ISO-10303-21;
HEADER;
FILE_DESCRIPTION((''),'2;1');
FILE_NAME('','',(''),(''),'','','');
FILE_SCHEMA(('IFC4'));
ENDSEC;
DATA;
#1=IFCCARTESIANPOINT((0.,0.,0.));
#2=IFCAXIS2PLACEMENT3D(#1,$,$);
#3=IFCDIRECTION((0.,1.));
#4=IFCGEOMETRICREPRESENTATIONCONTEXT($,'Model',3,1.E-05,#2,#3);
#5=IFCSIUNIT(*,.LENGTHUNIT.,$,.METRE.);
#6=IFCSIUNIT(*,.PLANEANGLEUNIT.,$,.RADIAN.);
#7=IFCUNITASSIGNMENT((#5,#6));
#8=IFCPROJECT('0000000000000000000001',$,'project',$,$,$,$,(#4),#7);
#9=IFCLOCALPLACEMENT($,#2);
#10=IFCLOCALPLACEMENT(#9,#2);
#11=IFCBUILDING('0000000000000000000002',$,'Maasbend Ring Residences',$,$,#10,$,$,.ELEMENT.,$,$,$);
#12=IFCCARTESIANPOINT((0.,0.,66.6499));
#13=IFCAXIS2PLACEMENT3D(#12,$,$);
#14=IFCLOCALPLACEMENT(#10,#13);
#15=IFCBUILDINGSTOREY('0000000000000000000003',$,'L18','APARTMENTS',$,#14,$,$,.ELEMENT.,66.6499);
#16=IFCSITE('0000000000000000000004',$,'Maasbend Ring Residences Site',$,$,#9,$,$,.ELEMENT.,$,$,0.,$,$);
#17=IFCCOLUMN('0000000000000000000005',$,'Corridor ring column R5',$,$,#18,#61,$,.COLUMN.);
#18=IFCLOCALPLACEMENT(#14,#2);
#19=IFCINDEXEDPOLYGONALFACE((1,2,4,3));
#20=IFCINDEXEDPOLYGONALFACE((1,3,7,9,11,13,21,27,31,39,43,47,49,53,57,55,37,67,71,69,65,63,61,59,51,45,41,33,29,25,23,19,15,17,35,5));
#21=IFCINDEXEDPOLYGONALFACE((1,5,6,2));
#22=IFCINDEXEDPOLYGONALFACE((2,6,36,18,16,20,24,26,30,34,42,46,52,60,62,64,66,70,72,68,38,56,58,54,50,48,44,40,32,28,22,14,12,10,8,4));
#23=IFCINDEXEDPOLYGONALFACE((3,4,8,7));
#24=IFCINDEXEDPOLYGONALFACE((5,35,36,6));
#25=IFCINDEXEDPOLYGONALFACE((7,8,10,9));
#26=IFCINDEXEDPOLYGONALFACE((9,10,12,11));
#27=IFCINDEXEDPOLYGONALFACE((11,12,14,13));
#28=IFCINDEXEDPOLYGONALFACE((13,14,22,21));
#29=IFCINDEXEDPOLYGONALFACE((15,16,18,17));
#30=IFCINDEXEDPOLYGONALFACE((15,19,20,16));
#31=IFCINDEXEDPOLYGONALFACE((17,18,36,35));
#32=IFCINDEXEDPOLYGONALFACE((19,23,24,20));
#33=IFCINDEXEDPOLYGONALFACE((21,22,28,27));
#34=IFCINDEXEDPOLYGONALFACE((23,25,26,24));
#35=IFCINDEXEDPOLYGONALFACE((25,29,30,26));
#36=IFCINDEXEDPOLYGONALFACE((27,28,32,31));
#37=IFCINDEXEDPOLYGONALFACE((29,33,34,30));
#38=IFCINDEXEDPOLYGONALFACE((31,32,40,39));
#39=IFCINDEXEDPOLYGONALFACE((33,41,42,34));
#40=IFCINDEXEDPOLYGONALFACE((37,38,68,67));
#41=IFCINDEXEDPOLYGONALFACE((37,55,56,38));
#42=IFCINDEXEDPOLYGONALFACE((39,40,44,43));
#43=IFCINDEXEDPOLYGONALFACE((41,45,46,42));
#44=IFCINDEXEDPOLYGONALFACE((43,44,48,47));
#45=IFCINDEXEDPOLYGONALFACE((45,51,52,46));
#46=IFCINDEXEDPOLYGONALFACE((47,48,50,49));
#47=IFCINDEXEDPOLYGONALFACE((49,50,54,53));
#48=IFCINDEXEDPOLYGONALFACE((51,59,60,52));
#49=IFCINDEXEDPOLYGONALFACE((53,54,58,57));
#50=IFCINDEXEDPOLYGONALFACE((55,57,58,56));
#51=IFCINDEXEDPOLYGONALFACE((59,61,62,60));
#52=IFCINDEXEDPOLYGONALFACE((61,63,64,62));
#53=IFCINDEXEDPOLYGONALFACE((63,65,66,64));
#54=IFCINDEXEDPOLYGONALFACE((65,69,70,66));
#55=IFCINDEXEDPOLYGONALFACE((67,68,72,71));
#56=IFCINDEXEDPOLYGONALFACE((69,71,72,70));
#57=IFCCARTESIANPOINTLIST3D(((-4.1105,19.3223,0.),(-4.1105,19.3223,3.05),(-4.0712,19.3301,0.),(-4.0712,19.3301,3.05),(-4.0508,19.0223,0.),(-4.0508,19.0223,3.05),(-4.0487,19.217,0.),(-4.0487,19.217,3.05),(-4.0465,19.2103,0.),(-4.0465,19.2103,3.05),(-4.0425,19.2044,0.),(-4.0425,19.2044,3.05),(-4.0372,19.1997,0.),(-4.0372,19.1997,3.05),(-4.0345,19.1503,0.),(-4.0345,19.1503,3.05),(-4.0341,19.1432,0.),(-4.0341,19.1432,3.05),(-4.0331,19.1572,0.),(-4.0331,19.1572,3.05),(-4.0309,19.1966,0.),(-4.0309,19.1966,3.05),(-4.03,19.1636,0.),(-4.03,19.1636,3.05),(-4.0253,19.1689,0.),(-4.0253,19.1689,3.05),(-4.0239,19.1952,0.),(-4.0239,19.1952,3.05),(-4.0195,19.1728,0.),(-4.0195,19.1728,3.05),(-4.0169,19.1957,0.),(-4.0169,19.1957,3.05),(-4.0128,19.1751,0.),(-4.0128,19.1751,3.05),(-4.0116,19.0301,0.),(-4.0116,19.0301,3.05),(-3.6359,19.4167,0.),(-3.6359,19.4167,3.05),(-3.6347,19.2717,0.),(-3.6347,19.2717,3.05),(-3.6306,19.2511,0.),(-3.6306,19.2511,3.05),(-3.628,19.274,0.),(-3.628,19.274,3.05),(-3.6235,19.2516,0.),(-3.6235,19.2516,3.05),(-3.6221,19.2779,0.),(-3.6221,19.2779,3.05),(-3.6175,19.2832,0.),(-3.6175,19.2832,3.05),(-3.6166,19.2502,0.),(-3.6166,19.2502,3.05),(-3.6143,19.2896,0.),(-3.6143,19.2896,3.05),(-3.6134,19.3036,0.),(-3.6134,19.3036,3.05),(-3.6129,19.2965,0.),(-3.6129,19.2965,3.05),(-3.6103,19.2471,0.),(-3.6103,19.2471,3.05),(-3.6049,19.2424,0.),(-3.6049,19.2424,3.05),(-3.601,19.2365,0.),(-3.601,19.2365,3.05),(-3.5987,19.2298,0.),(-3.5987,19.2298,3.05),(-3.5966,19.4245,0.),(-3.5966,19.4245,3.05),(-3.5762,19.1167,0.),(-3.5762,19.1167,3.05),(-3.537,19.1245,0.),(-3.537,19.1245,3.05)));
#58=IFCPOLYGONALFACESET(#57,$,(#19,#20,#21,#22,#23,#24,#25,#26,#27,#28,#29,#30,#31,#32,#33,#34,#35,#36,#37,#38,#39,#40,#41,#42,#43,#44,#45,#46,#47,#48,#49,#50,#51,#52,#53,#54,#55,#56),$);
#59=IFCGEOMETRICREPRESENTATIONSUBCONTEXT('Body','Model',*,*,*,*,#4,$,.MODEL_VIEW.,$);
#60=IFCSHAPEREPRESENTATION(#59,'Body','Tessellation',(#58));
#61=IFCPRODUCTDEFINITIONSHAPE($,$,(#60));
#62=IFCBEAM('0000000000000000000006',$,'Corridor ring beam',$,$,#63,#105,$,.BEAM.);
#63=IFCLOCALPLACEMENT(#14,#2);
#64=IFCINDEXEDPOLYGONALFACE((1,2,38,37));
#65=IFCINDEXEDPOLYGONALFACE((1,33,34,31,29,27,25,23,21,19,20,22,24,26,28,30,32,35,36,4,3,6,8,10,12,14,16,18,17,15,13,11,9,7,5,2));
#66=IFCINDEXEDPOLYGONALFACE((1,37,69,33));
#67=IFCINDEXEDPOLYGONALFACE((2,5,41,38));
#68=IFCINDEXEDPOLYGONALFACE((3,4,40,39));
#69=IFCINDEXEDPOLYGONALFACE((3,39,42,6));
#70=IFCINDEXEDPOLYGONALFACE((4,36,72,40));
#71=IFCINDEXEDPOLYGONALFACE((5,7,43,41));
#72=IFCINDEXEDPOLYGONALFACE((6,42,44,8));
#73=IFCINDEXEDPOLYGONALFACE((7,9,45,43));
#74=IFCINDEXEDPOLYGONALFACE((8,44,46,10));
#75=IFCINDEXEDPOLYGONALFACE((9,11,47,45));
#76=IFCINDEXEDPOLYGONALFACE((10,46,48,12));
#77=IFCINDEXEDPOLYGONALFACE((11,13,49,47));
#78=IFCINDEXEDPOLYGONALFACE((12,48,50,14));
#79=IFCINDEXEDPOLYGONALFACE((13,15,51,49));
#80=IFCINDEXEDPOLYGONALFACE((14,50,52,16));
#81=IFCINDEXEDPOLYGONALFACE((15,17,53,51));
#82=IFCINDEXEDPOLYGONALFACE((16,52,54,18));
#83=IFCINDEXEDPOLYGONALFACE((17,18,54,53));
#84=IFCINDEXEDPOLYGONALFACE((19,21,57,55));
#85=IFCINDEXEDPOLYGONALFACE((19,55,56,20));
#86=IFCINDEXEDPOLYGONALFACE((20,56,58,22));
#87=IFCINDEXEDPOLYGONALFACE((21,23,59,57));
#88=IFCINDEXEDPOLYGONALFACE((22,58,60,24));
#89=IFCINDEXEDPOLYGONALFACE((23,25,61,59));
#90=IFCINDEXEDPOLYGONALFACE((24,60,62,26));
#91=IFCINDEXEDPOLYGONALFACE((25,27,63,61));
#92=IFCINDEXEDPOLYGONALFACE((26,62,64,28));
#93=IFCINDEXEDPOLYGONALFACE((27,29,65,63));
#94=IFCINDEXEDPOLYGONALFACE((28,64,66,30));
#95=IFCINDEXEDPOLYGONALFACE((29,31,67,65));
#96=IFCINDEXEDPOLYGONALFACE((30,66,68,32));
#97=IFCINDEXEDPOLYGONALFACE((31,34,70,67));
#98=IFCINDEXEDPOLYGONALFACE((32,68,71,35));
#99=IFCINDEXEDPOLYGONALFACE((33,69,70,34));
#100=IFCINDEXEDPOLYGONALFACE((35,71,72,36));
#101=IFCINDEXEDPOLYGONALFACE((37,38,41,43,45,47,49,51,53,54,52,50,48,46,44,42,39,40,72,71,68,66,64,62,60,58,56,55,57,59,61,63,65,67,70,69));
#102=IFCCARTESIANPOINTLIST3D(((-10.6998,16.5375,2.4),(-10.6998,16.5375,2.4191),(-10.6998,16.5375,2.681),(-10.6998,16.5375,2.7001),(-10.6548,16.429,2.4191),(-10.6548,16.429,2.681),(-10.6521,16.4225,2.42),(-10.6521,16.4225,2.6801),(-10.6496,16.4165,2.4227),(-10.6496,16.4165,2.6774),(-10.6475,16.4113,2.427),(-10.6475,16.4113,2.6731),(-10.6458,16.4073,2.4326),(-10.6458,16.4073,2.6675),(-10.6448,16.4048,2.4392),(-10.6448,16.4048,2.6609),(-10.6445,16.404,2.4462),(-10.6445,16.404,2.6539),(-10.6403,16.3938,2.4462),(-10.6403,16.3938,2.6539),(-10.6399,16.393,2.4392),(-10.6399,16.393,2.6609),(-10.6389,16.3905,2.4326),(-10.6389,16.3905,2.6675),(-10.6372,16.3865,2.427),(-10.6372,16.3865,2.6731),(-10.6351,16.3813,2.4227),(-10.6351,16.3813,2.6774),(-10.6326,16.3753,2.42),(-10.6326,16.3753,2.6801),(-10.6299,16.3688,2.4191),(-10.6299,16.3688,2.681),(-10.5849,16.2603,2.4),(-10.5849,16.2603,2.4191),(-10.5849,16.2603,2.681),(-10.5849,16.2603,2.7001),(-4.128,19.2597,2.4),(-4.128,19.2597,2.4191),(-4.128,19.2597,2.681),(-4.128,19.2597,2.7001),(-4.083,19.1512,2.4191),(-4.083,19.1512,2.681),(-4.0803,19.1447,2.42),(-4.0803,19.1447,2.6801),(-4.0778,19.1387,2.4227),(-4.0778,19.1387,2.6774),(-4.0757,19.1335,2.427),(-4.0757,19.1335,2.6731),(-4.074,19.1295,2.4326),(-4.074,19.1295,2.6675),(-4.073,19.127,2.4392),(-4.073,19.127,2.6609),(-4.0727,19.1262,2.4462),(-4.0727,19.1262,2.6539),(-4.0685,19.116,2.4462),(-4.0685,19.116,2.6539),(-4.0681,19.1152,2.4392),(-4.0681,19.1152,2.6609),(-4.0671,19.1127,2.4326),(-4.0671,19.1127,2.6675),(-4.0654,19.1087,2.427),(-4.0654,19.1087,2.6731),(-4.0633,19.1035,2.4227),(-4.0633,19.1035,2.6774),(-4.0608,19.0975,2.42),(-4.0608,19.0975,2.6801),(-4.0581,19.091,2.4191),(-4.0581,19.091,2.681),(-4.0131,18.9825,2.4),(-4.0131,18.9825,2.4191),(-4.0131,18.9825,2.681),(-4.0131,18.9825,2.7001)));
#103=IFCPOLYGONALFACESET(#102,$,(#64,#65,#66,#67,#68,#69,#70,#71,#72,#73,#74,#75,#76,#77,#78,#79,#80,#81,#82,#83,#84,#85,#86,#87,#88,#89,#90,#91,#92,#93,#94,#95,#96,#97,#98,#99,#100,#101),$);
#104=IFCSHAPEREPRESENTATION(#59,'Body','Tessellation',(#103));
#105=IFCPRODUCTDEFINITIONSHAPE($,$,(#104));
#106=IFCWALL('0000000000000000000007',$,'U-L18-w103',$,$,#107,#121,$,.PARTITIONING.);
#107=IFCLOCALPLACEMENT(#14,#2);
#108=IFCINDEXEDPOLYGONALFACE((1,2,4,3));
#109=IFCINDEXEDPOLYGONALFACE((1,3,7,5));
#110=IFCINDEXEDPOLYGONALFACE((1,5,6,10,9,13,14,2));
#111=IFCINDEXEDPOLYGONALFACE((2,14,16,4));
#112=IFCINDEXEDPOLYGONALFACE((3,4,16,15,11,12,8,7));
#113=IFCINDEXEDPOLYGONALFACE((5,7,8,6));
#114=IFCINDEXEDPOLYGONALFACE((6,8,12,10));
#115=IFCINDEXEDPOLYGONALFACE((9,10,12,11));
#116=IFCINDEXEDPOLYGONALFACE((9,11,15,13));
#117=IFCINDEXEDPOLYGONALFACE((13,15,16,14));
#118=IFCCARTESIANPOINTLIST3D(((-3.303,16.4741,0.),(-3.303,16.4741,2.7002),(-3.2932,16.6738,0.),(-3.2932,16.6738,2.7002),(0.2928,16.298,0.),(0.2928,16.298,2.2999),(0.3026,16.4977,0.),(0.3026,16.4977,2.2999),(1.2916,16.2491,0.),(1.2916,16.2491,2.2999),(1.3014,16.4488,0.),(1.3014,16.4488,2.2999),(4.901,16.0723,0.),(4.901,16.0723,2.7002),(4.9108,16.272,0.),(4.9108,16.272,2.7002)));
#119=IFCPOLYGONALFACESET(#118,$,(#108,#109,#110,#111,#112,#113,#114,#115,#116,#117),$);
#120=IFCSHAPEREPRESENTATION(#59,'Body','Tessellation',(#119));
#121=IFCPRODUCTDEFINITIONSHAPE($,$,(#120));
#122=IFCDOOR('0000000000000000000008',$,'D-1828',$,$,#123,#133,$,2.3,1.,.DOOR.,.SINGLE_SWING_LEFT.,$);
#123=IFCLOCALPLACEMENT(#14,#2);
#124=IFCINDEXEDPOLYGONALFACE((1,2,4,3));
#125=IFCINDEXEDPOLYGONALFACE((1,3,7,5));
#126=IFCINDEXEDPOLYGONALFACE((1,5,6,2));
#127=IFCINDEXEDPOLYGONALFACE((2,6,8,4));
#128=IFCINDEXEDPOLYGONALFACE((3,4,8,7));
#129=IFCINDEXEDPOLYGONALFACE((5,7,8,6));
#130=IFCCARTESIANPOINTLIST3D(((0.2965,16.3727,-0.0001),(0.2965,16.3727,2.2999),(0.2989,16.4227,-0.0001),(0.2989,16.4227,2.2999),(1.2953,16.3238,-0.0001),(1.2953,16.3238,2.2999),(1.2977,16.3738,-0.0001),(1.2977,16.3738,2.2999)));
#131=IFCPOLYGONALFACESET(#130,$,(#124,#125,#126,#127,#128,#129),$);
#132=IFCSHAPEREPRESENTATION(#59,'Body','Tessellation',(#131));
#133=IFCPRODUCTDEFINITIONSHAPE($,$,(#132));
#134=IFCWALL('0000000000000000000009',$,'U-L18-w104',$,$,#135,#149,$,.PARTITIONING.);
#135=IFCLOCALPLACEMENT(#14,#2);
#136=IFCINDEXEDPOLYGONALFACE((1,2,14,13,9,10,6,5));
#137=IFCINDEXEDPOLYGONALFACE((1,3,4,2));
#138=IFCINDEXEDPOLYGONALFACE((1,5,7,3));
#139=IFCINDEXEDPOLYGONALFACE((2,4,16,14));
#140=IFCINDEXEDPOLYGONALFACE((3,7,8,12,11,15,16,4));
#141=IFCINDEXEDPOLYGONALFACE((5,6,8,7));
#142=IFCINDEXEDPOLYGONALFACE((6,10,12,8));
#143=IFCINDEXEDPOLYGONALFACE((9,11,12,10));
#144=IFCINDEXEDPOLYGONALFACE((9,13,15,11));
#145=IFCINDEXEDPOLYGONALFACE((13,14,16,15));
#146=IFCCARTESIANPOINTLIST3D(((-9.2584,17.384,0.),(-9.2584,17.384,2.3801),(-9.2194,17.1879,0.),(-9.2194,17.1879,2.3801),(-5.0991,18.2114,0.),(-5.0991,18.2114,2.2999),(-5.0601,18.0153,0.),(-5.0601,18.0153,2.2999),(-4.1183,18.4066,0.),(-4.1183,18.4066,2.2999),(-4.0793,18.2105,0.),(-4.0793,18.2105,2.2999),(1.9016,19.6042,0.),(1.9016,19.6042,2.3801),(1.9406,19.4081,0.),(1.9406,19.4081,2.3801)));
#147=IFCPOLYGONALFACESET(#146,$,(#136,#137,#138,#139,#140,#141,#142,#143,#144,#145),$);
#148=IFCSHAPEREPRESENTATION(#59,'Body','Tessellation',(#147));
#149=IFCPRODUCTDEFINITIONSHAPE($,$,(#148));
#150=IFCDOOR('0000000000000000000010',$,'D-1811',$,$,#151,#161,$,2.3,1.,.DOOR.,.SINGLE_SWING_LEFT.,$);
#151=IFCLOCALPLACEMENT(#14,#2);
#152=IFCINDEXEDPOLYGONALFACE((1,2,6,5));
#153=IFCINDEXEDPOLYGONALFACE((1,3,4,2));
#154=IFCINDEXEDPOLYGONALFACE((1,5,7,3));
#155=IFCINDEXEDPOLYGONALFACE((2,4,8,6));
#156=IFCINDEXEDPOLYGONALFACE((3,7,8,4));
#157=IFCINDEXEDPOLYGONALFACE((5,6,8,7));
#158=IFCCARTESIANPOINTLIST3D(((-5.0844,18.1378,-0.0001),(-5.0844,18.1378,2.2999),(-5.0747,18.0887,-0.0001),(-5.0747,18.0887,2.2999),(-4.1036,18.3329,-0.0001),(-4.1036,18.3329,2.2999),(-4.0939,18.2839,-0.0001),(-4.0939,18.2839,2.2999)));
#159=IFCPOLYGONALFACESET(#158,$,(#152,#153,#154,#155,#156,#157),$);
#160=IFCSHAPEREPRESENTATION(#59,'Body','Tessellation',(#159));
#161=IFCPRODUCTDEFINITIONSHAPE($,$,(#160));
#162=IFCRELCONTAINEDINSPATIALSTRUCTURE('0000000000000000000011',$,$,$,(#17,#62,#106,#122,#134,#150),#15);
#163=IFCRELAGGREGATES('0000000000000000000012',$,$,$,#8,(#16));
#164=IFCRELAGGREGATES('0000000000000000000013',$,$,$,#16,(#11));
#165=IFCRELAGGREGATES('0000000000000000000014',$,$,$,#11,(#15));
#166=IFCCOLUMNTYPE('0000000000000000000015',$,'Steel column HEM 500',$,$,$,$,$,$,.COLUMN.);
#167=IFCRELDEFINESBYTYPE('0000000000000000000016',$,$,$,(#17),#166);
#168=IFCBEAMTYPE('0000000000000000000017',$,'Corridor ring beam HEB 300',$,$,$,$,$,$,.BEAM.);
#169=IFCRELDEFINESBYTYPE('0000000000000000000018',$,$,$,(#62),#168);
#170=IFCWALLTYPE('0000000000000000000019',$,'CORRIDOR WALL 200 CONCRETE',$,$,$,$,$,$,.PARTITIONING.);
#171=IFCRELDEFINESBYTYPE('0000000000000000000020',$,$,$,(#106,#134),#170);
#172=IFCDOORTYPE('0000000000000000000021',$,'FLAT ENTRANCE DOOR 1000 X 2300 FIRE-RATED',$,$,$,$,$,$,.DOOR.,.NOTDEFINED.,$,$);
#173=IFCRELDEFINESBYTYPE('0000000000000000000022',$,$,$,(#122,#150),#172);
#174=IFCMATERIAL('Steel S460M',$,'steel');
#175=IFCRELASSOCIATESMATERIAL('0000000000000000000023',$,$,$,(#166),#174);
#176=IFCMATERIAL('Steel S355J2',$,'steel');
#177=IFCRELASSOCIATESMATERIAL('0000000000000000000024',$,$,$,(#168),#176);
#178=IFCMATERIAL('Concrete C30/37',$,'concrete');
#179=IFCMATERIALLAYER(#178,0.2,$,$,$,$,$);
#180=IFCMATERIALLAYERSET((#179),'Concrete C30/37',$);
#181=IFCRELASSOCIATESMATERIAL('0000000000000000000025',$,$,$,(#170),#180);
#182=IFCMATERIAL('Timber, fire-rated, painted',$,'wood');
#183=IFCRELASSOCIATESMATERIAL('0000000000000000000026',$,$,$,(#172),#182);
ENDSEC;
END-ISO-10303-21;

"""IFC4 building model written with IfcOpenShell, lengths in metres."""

from ifc_helpers import new_model, si_unit, direction, frame, frame_2d, origin, origin_2d, place, context, subcontext, project, spatial, rectangle, i_section, extrude, material, layer, layer_set, material_profile, profile_set, type_object, element, fill, save


model = new_model("IFC4")

# Units and contexts
model_context = context("Model", 3, precision=1e-05, world=origin(), true_north=direction((0.0, 1.0)))
body_context = subcontext(model_context, "Body", "Model", "MODEL_VIEW")
ifc_project = project(units=[si_unit("LENGTHUNIT", "METRE"), si_unit("PLANEANGLEUNIT", "RADIAN")], contexts=[model_context])

# Site, building, storey
site_placement = place(None, origin())
site = spatial("IfcSite", under=ifc_project, at=site_placement, Name="Maasbend Ring Residences Site", CompositionType="ELEMENT", RefElevation=0.0)
building_placement = place(site_placement, origin())
building = spatial("IfcBuilding", under=site, at=building_placement, Name="Maasbend Ring Residences", CompositionType="ELEMENT")
storey_placement = place(building_placement, frame((0.0, 0.0, 66.6499)))
storey = spatial("IfcBuildingStorey", under=building, at=storey_placement, Name="L18", Description="APARTMENTS", CompositionType="ELEMENT", Elevation=66.6499)

# Column
ifc_material_1 = material(Name="Steel S460M", Category="steel")
ifc_material_profile_1 = material_profile(ifc_material_1, i_section(OverallWidth=0.3059, OverallDepth=0.5239, WebThickness=0.021, FlangeThickness=0.04, FilletRadius=0.0271, at=origin_2d()), Name="HEM 500")
ifc_profile_set_1 = profile_set([ifc_material_profile_1], Name="Steel S460M")
column_type = type_object("IfcColumnType", Name="Steel column HEM 500", PredefinedType="COLUMN", material=ifc_profile_set_1)
column_placement = place(storey_placement, frame((-3.8237, 19.2234, 0.0), z_axis=(0.0, 0.0, 1.0), x_axis=(-0.19509, 0.980785, 0.0)))
element("IfcColumn", 1, at=column_placement, inside=storey, type_object=column_type, Name="Corridor ring column R5", PredefinedType="COLUMN", context=body_context, shape_type="SweptSolid", body=[
    extrude(i_section(OverallWidth=0.3059, OverallDepth=0.5239, WebThickness=0.021, FlangeThickness=0.04, FilletRadius=0.0271, at=origin_2d()), origin(), (0.0, 0.0, 1.0), 3.05),
])

# Beam
ifc_material_2 = material(Name="Steel S355J2", Category="steel")
ifc_material_profile_2 = material_profile(ifc_material_2, i_section(OverallWidth=0.3, OverallDepth=0.3, WebThickness=0.011, FlangeThickness=0.019, FilletRadius=0.0271, at=origin_2d()), Name="HEB 300")
ifc_profile_set_2 = profile_set([ifc_material_profile_2], Name="Steel S355J2")
beam_type = type_object("IfcBeamType", Name="Corridor ring beam HEB 300", PredefinedType="BEAM", material=ifc_profile_set_2)
beam_placement = place(storey_placement, frame((-4.0706, 19.1211, 2.55), z_axis=(-0.923877, -0.382689, 0.0), x_axis=(0.382689, -0.923877, 0.0)))
element("IfcBeam", 2, at=beam_placement, inside=storey, type_object=beam_type, Name="Corridor ring beam", PredefinedType="BEAM", context=body_context, shape_type="SweptSolid", body=[
    extrude(i_section(OverallWidth=0.3, OverallDepth=0.3, WebThickness=0.011, FlangeThickness=0.019, FilletRadius=0.0271, at=origin_2d()), origin(), (0.0, 0.0, 1.0), 7.1133),
])

# Walls, openings, doors
ifc_material_3 = material(Name="Concrete C30/37", Category="concrete")
ifc_layer_1 = layer(ifc_material_3, 0.2)
ifc_layer_set_1 = layer_set([ifc_layer_1], Name="Concrete C30/37")
wall_type_1 = type_object("IfcWallType", Name="CORRIDOR WALL 200 CONCRETE", PredefinedType="PARTITIONING", material=ifc_layer_set_1)
wall_1_placement = place(storey_placement, frame((-3.2981, 16.574, 0.0), z_axis=(0.0, 0.0, 1.0), x_axis=(0.998803, -0.048924, 0.0)))
wall_1 = element("IfcWall", 3, at=wall_1_placement, inside=storey, type_object=wall_type_1, Name="U-L18-w103", PredefinedType="PARTITIONING", context=body_context, shape_type="SweptSolid", body=[
    extrude(rectangle(XDim=8.2139, YDim=0.2, at=frame_2d((4.1069, 0.0))), origin(), (0.0, 0.0, 1.0), 2.7002),
])
opening_1_placement = place(wall_1_placement, frame((3.6001, 0.0, 0.0)))
opening_1 = element("IfcOpeningElement", 4, at=opening_1_placement, cuts=wall_1, PredefinedType="OPENING", context=body_context, shape_type="SweptSolid", body=[
    extrude(rectangle(XDim=1.0, YDim=2.3, at=frame_2d((0.5, 1.1499))), frame((0.0, 0.1099, 0.0), z_axis=(0.0, -1.0, 0.0), x_axis=(1.0, 0.0, 0.0)), (0.0, 0.0, 1.0), 0.22),
])
ifc_material_4 = material(Name="Timber, fire-rated, painted", Category="wood")
door_type_1 = type_object("IfcDoorType", Name="FLAT ENTRANCE DOOR 1000 X 2300 FIRE-RATED", OperationType="NOTDEFINED", PredefinedType="DOOR", material=ifc_material_4)
door_1_placement = place(opening_1_placement, origin())
door_1 = element("IfcDoor", 5, at=door_1_placement, inside=storey, type_object=door_type_1, Name="D-1828", OperationType="SINGLE_SWING_LEFT", OverallHeight=2.3, OverallWidth=1.0, PredefinedType="DOOR", context=body_context, shape_type="SweptSolid", body=[
    extrude(rectangle(XDim=1.0, YDim=2.3, at=frame_2d((0.5, 1.1499))), frame((0.0, 0.0249, 0.0), z_axis=(0.0, -1.0, 0.0), x_axis=(1.0, 0.0, 0.0)), (0.0, 0.0, 1.0), 0.05),
])
fill(opening_1, door_1)
wall_2_placement = place(storey_placement, frame((-9.239, 17.2859, 0.0), z_axis=(0.0, 0.0, 1.0), x_axis=(0.980779, 0.195122, 0.0)))
wall_2 = element("IfcWall", 6, at=wall_2_placement, inside=storey, type_object=wall_type_1, Name="U-L18-w104", PredefinedType="PARTITIONING", context=body_context, shape_type="SweptSolid", body=[
    extrude(rectangle(XDim=11.3787, YDim=0.2, at=frame_2d((5.6895, 0.0))), origin(), (0.0, 0.0, 1.0), 2.3801),
])
opening_2_placement = place(wall_2_placement, frame((4.241, 0.0, 0.0)))
opening_2 = element("IfcOpeningElement", 7, at=opening_2_placement, cuts=wall_2, PredefinedType="OPENING", context=body_context, shape_type="SweptSolid", body=[
    extrude(rectangle(XDim=1.0, YDim=2.3, at=frame_2d((0.5, 1.1499))), frame((0.0, 0.1099, 0.0), z_axis=(0.0, -1.0, 0.0), x_axis=(1.0, 0.0, 0.0)), (0.0, 0.0, 1.0), 0.22),
])
door_2_placement = place(opening_2_placement, origin())
door_2 = element("IfcDoor", 8, at=door_2_placement, inside=storey, type_object=door_type_1, Name="D-1811", OperationType="SINGLE_SWING_LEFT", OverallHeight=2.3, OverallWidth=1.0, PredefinedType="DOOR", context=body_context, shape_type="SweptSolid", body=[
    extrude(rectangle(XDim=1.0, YDim=2.3, at=frame_2d((0.5, 1.1499))), frame((0.0, 0.0249, 0.0), z_axis=(0.0, -1.0, 0.0), x_axis=(1.0, 0.0, 0.0)), (0.0, 0.0, 1.0), 0.05),
])
fill(opening_2, door_2)

save(model, "model.ifc")
